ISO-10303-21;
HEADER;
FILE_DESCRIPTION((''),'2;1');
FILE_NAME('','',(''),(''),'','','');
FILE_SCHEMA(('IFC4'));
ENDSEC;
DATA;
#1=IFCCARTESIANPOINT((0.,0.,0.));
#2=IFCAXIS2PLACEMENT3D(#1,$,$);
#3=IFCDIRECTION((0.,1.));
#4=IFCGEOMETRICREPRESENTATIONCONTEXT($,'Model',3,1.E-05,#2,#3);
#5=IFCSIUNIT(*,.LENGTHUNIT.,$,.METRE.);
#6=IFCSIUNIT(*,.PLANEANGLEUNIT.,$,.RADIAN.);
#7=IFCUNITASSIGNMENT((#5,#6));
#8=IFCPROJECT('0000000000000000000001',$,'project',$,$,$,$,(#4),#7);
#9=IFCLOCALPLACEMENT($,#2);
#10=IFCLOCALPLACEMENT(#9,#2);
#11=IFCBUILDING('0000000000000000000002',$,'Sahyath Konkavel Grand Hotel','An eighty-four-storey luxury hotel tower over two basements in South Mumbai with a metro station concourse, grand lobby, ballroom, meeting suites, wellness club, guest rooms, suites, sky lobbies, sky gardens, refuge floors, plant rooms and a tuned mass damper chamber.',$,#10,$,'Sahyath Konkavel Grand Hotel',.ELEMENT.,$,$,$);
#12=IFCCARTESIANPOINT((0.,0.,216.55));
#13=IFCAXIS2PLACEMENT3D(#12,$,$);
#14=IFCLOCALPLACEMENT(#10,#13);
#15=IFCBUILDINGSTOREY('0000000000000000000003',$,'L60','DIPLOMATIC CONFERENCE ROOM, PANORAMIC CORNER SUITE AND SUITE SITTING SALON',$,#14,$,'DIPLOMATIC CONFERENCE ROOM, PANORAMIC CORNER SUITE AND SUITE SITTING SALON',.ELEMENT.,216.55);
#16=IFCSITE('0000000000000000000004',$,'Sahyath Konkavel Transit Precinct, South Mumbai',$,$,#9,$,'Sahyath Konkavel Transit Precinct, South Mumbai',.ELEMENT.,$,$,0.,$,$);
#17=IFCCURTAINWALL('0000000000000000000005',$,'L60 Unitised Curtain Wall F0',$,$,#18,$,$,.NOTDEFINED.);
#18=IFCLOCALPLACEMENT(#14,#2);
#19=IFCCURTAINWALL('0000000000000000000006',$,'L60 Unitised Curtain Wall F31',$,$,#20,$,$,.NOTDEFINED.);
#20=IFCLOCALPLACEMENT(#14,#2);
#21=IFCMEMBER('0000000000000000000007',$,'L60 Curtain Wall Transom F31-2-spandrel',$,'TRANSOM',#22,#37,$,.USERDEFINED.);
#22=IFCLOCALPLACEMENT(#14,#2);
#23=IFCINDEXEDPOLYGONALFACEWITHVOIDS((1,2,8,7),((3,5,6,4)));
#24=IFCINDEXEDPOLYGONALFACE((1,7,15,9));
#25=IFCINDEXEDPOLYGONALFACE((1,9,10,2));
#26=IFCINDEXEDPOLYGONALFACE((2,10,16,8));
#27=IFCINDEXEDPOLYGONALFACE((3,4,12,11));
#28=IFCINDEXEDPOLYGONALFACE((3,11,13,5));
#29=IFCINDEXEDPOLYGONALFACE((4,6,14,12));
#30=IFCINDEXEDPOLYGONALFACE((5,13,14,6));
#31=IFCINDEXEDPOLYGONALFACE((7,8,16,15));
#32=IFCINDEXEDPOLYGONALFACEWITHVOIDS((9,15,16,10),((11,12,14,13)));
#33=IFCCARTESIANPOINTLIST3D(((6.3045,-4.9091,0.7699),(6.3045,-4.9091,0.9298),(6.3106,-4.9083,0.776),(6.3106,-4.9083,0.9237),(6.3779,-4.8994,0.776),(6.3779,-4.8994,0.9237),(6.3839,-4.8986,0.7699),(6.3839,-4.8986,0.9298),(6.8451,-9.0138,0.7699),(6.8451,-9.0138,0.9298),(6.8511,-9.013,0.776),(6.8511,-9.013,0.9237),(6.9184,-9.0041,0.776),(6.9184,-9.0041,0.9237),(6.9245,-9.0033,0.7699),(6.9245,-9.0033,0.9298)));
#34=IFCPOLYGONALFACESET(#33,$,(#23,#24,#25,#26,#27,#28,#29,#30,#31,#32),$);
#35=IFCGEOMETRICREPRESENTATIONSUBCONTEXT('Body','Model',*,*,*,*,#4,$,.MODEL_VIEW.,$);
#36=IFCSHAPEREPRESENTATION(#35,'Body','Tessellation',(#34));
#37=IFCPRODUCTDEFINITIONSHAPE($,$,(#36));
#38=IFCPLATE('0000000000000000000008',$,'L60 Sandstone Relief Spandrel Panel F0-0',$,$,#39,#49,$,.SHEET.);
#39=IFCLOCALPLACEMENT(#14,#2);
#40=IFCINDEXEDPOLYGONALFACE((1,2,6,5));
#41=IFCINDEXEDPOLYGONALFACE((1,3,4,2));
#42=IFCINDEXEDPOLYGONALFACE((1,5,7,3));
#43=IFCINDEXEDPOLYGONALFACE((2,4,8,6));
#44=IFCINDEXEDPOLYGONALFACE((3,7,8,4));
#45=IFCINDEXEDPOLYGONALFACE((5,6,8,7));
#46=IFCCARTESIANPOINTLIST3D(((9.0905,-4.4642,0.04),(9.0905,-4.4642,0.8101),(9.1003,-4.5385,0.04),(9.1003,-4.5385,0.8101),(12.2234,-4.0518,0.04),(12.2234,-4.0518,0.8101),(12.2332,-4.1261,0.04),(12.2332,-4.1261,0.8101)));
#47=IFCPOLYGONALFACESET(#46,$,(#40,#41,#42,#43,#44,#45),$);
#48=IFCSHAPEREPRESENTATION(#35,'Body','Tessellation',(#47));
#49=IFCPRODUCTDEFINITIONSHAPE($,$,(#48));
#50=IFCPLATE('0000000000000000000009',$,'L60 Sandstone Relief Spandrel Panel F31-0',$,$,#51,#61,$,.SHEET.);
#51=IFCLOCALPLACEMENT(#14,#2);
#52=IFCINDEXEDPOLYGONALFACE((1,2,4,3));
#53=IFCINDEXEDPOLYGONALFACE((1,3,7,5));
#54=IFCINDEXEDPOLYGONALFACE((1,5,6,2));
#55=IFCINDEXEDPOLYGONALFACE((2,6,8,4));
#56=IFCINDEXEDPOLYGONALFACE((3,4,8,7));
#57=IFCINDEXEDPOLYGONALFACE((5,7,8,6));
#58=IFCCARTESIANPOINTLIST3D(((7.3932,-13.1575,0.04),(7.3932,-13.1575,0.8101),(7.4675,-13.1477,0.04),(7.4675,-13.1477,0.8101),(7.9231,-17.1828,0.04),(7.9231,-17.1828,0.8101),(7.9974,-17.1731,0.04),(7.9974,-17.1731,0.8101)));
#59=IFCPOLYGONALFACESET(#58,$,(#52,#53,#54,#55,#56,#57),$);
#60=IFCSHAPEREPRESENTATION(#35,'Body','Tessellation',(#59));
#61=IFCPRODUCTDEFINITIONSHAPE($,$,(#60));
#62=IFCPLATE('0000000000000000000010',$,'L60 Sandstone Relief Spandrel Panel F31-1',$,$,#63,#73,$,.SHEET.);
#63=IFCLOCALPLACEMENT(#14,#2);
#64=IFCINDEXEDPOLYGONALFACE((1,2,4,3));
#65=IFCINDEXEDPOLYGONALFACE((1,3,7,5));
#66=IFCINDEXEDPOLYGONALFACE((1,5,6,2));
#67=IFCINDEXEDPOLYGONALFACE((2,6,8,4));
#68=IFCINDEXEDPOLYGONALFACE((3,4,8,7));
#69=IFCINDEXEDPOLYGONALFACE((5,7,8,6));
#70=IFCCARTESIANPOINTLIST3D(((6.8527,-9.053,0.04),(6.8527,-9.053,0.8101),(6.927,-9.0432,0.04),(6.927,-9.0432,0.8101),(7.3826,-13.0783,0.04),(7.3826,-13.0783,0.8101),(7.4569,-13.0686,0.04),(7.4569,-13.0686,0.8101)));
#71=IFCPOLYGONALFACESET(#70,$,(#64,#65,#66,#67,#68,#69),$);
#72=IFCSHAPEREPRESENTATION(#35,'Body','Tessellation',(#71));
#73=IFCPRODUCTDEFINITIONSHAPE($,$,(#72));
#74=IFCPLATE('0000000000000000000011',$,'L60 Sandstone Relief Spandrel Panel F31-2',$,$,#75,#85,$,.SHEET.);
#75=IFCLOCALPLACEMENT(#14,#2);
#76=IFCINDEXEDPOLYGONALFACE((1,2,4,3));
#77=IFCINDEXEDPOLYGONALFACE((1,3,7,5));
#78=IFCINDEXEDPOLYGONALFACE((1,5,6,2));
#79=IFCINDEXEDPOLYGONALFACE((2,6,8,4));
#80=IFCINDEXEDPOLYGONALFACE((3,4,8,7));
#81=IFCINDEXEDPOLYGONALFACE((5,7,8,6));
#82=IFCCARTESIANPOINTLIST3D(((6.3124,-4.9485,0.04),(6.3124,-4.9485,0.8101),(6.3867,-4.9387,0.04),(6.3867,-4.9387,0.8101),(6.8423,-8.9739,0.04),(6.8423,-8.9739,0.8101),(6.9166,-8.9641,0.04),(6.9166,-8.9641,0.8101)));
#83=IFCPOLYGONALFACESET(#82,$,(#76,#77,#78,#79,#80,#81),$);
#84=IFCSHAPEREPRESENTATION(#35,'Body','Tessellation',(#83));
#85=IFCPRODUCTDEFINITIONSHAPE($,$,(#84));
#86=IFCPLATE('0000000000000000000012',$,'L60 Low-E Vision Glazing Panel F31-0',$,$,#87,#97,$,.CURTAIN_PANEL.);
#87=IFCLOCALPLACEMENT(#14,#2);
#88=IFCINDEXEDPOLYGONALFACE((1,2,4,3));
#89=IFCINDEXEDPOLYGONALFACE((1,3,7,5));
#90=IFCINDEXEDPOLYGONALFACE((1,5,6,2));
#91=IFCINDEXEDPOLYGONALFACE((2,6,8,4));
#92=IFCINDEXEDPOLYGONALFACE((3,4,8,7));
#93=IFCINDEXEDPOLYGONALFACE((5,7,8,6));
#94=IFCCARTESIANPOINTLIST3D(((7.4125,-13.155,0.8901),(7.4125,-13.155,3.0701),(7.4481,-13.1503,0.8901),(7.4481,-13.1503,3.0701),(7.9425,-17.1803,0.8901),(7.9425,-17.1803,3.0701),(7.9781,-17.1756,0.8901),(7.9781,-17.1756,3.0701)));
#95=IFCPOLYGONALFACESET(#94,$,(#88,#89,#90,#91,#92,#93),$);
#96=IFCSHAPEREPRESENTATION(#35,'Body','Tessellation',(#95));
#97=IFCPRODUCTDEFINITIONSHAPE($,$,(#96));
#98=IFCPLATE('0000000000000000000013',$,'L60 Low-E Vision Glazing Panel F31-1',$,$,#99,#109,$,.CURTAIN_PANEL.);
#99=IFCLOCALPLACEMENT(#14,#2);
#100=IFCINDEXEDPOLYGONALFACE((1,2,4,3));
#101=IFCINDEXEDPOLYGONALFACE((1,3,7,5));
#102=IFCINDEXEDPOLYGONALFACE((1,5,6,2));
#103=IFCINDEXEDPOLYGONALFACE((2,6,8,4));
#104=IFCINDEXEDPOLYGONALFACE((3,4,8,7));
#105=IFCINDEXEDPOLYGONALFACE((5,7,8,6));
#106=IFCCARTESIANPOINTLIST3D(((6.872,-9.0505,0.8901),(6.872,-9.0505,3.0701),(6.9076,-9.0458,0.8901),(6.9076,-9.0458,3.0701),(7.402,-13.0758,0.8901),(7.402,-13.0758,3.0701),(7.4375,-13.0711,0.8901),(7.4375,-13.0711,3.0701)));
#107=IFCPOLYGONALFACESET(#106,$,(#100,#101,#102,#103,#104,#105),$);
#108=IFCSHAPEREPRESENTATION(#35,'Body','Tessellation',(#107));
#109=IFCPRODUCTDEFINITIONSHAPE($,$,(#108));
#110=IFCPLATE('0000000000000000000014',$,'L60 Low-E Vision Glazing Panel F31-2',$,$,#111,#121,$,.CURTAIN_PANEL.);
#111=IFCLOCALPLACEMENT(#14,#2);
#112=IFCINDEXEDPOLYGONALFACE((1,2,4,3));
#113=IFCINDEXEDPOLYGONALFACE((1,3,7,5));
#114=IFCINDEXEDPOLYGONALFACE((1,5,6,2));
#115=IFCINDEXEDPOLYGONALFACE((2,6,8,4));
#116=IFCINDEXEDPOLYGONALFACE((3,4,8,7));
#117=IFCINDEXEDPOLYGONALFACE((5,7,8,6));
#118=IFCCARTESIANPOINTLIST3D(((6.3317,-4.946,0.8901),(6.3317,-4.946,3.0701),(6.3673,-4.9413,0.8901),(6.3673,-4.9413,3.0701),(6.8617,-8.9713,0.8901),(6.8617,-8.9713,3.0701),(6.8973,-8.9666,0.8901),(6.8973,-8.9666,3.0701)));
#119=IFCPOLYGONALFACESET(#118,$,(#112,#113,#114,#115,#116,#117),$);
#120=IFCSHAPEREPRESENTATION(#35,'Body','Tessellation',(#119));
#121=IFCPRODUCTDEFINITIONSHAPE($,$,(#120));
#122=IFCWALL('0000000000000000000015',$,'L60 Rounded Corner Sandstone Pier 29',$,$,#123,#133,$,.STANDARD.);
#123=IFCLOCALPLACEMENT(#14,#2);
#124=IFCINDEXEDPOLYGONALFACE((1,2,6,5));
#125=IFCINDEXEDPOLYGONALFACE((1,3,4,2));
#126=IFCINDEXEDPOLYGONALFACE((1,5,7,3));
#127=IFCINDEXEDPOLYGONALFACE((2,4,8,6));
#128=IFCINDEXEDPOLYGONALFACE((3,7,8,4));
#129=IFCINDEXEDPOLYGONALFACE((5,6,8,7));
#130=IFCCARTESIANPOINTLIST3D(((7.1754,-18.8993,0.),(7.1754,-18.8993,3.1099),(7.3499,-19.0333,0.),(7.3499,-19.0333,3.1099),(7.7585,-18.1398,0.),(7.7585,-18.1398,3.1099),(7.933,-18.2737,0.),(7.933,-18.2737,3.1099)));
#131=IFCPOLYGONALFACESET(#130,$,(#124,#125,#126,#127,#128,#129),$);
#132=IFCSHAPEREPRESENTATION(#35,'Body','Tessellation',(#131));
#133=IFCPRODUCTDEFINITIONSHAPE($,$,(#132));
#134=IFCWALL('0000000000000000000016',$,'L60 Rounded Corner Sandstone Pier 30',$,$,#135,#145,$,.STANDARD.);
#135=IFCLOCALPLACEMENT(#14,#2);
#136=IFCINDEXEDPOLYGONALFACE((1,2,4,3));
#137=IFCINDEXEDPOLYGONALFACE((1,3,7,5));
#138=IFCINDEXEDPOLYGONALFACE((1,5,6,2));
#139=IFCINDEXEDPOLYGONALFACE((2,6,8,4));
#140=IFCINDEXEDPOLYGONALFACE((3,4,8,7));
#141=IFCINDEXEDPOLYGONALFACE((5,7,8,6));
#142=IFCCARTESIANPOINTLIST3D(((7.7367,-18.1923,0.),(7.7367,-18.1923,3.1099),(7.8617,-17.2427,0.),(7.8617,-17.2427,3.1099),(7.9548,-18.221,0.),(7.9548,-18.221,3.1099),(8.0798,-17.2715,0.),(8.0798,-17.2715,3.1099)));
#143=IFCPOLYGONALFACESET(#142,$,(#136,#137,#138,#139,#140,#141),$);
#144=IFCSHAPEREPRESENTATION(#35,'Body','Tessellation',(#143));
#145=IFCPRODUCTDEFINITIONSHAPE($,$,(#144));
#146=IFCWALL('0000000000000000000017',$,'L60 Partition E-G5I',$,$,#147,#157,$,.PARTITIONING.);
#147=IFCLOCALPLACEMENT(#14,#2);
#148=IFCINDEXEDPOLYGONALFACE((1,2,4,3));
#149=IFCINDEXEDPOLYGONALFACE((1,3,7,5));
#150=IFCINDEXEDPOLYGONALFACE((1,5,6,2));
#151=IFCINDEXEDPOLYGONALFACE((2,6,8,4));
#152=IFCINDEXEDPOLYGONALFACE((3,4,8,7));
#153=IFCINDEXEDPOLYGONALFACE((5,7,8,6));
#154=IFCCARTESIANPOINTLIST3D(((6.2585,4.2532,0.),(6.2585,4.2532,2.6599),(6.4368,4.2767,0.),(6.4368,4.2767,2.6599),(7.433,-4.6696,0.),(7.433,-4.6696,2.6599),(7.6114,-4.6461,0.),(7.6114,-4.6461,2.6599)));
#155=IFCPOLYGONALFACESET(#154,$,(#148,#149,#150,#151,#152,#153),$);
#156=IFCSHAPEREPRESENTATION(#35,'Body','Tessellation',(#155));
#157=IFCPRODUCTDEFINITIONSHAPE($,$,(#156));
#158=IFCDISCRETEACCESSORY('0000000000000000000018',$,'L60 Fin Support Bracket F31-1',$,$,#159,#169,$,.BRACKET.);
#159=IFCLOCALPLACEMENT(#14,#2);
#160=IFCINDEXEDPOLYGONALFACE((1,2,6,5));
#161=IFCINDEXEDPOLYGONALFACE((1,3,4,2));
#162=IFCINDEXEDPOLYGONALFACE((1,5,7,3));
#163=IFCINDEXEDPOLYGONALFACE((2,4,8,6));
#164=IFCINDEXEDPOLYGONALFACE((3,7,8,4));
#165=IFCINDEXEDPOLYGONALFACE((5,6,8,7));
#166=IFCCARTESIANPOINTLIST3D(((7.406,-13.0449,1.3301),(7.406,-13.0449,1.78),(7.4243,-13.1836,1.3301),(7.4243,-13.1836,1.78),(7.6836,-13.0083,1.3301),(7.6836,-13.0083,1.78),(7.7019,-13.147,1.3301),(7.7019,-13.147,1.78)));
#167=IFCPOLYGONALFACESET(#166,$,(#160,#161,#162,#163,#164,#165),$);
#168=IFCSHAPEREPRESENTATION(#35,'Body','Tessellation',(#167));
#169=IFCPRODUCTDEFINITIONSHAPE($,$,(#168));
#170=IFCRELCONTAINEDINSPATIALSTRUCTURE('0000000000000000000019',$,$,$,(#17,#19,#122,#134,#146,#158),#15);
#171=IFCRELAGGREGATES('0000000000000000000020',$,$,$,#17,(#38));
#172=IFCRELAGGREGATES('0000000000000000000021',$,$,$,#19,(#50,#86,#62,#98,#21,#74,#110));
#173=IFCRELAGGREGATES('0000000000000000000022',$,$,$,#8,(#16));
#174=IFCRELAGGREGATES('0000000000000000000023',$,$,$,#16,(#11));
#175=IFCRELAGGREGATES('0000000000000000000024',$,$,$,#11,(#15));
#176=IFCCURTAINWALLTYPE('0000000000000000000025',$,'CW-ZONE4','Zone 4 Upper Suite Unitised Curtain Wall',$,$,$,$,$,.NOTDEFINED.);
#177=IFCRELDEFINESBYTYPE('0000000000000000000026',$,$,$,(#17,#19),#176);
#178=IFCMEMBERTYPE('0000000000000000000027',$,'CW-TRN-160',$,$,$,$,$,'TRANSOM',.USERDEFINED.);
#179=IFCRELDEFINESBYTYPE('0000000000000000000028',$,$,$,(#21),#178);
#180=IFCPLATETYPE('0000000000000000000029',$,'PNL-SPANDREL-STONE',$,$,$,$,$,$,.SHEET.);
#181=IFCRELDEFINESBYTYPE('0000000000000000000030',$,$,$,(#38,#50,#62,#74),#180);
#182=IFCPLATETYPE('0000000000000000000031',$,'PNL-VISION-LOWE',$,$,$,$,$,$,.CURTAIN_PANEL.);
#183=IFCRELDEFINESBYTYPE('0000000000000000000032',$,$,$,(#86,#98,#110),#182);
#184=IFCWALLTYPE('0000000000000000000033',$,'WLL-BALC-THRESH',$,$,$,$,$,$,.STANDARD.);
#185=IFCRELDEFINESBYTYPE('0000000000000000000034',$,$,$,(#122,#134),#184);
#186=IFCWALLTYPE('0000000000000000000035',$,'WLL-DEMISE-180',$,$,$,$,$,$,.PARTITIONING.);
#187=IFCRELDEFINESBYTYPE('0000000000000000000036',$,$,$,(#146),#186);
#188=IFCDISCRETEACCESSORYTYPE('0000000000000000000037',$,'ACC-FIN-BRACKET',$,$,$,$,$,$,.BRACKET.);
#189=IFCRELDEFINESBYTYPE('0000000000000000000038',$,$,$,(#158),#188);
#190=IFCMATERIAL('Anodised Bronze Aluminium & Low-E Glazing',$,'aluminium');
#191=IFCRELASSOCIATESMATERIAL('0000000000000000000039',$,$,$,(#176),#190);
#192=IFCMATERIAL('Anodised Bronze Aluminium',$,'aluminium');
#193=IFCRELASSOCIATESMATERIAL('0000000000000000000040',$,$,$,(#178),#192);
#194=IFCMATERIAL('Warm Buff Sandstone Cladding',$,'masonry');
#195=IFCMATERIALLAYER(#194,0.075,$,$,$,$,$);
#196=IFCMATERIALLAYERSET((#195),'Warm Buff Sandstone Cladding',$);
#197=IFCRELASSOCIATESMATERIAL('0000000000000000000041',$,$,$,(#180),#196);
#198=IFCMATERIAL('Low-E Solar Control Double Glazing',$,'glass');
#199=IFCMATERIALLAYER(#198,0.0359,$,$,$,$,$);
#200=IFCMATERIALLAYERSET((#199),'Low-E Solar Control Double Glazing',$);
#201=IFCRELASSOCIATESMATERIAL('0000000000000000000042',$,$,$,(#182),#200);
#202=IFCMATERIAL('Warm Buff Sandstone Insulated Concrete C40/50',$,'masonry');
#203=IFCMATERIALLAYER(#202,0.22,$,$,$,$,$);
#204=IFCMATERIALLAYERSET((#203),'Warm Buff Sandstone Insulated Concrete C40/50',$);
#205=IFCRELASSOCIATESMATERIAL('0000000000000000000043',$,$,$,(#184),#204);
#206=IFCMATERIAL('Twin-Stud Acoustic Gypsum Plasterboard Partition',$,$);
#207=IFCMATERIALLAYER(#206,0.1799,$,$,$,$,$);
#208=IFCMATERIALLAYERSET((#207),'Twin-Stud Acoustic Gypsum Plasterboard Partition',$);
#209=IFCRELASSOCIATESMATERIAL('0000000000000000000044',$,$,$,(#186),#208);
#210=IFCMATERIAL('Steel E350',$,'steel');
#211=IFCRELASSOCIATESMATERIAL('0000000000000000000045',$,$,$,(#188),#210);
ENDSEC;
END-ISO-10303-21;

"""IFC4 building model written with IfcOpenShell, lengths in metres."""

from ifc_helpers import new_model, si_unit, direction, frame, frame_2d, origin, origin_2d, place, context, subcontext, project, spatial, rectangle, hollow_rectangle, extrude, source, transform, mapped, material, layer, layer_set, material_profile, profile_set, type_object, element, aggregate, save


model = new_model("IFC4")

# Units and contexts
model_context = context("Model", 3, precision=1e-05, world=origin(), true_north=direction((0.0, 1.0)))
body_context = subcontext(model_context, "Body", "Model", "MODEL_VIEW")
ifc_project = project(units=[si_unit("LENGTHUNIT", "METRE"), si_unit("PLANEANGLEUNIT", "RADIAN")], contexts=[model_context])

# Site, building, storey
site_placement = place(None, origin())
site = spatial("IfcSite", under=ifc_project, at=site_placement, Name="Sahyath Konkavel Transit Precinct, South Mumbai", LongName="Sahyath Konkavel Transit Precinct, South Mumbai", CompositionType="ELEMENT", RefElevation=0.0)
building_placement = place(site_placement, origin())
building = spatial("IfcBuilding", under=site, at=building_placement, Name="Sahyath Konkavel Grand Hotel", Description="An eighty-four-storey luxury hotel tower over two basements in South Mumbai with a metro station concourse, grand lobby, ballroom, meeting suites, wellness club, guest rooms, suites, sky lobbies, sky gardens, refuge floors, plant rooms and a tuned mass damper chamber.", LongName="Sahyath Konkavel Grand Hotel", CompositionType="ELEMENT")
storey_placement = place(building_placement, frame((0.0, 0.0, 216.55)))
storey = spatial("IfcBuildingStorey", under=building, at=storey_placement, Name="L60", Description="DIPLOMATIC CONFERENCE ROOM, PANORAMIC CORNER SUITE AND SUITE SITTING SALON", LongName="DIPLOMATIC CONFERENCE ROOM, PANORAMIC CORNER SUITE AND SUITE SITTING SALON", CompositionType="ELEMENT", Elevation=216.55)

# Curtain wall
ifc_material_1 = material(Name="Anodised Bronze Aluminium & Low-E Glazing", Category="aluminium")
curtain_wall_type = type_object("IfcCurtainWallType", Name="CW-ZONE4", Description="Zone 4 Upper Suite Unitised Curtain Wall", PredefinedType="NOTDEFINED", material=ifc_material_1)
curtain_wall_1_placement = place(storey_placement, origin())
curtain_wall_1 = element("IfcCurtainWall", 1, at=curtain_wall_1_placement, inside=storey, type_object=curtain_wall_type, Name="L60 Unitised Curtain Wall F0", PredefinedType="NOTDEFINED")
ifc_material_2 = material(Name="Anodised Bronze Aluminium", Category="aluminium")

# Curtain wall
curtain_wall_2_placement = place(storey_placement, origin())
curtain_wall_2 = element("IfcCurtainWall", 2, at=curtain_wall_2_placement, inside=storey, type_object=curtain_wall_type, Name="L60 Unitised Curtain Wall F31", PredefinedType="NOTDEFINED")

# Member
ifc_material_profile_1 = material_profile(ifc_material_2, hollow_rectangle(XDim=0.0801, YDim=0.1599, WallThickness=0.0061, at=origin_2d()), Name="RHS 160x80x6")
ifc_profile_set_1 = profile_set([ifc_material_profile_1], Name="Anodised Bronze Aluminium")
member_type_1 = type_object("IfcMemberType", Name="CW-TRN-160", ElementType="TRANSOM", PredefinedType="USERDEFINED", material=ifc_profile_set_1)
shared_shape_1 = source(origin(), body_context, "Body", "SweptSolid", [
    extrude(hollow_rectangle(XDim=0.0801, YDim=0.1599, WallThickness=0.0061, at=origin_2d()), origin(), (0.0, 0.0, 1.0), 4.1401),
])
member_1_placement = place(storey_placement, frame((6.8848, -9.0085, 0.8499), z_axis=(-0.130557, 0.991441, 0.0), x_axis=(-0.991441, -0.130557, 0.0)))
member_1 = element("IfcMember", 3, at=member_1_placement, type_object=member_type_1, Name="L60 Curtain Wall Transom F31-2-spandrel", ObjectType="TRANSOM", PredefinedType="USERDEFINED", context=body_context, shape_type="MappedRepresentation", body=[
    mapped(shared_shape_1, transform((0.0, 0.0, 0.0), scale=1.0)),
])

# Plates
ifc_material_3 = material(Name="Warm Buff Sandstone Cladding", Category="masonry")
ifc_layer_1 = layer(ifc_material_3, 0.075)
ifc_layer_set_1 = layer_set([ifc_layer_1], Name="Warm Buff Sandstone Cladding")
plate_type_1 = type_object("IfcPlateType", Name="PNL-SPANDREL-STONE", PredefinedType="SHEET", material=ifc_layer_set_1)
shared_shape_2 = source(origin(), body_context, "Body", "SweptSolid", [
    extrude(rectangle(XDim=3.1599, YDim=0.075, at=origin_2d()), origin(), (0.0, 0.0, 1.0), 0.77),
])
plate_1_placement = place(storey_placement, frame((10.6619, -4.2952, 0.04), z_axis=(0.0, 0.0, 1.0), x_axis=(0.991445, 0.130526, 0.0)))
plate_1 = element("IfcPlate", 4, at=plate_1_placement, type_object=plate_type_1, Name="L60 Sandstone Relief Spandrel Panel F0-0", PredefinedType="SHEET", context=body_context, shape_type="MappedRepresentation", body=[
    mapped(shared_shape_2, transform((0.0, 0.0, 0.0), scale=1.0)),
])
aggregate(curtain_wall_1, [plate_1])
shared_shape_3 = source(origin(), body_context, "Body", "SweptSolid", [
    extrude(rectangle(XDim=4.0601, YDim=0.075, at=origin_2d()), origin(), (0.0, 0.0, 1.0), 0.77),
])
plate_2_placement = place(storey_placement, frame((7.6953, -15.1653, 0.04), z_axis=(0.0, 0.0, 1.0), x_axis=(-0.130526, 0.991445, 0.0)))
plate_2 = element("IfcPlate", 5, at=plate_2_placement, type_object=plate_type_1, Name="L60 Sandstone Relief Spandrel Panel F31-0", PredefinedType="SHEET", context=body_context, shape_type="MappedRepresentation", body=[
    mapped(shared_shape_3, transform((0.0, 0.0, 0.0), scale=1.0)),
])
plate_3_placement = place(storey_placement, frame((7.1548, -11.0608, 0.04), z_axis=(0.0, 0.0, 1.0), x_axis=(-0.130526, 0.991445, 0.0)))
plate_3 = element("IfcPlate", 6, at=plate_3_placement, type_object=plate_type_1, Name="L60 Sandstone Relief Spandrel Panel F31-1", PredefinedType="SHEET", context=body_context, shape_type="MappedRepresentation", body=[
    mapped(shared_shape_3, transform((0.0, 0.0, 0.0), scale=1.0)),
])
plate_4_placement = place(storey_placement, frame((6.6145, -6.9563, 0.04), z_axis=(0.0, 0.0, 1.0), x_axis=(-0.130526, 0.991445, 0.0)))
plate_4 = element("IfcPlate", 7, at=plate_4_placement, type_object=plate_type_1, Name="L60 Sandstone Relief Spandrel Panel F31-2", PredefinedType="SHEET", context=body_context, shape_type="MappedRepresentation", body=[
    mapped(shared_shape_3, transform((0.0, 0.0, 0.0), scale=1.0)),
])
ifc_material_4 = material(Name="Low-E Solar Control Double Glazing", Category="glass")
ifc_layer_2 = layer(ifc_material_4, 0.0359)
ifc_layer_set_2 = layer_set([ifc_layer_2], Name="Low-E Solar Control Double Glazing")
plate_type_2 = type_object("IfcPlateType", Name="PNL-VISION-LOWE", PredefinedType="CURTAIN_PANEL", material=ifc_layer_set_2)
shared_shape_4 = source(origin(), body_context, "Body", "SweptSolid", [
    extrude(rectangle(XDim=4.0601, YDim=0.0359, at=origin_2d()), origin(), (0.0, 0.0, 1.0), 2.1799),
])
plate_5_placement = place(storey_placement, frame((7.6953, -15.1653, 0.8901), z_axis=(0.0, 0.0, 1.0), x_axis=(-0.130526, 0.991445, 0.0)))
plate_5 = element("IfcPlate", 8, at=plate_5_placement, type_object=plate_type_2, Name="L60 Low-E Vision Glazing Panel F31-0", PredefinedType="CURTAIN_PANEL", context=body_context, shape_type="MappedRepresentation", body=[
    mapped(shared_shape_4, transform((0.0, 0.0, 0.0), scale=1.0)),
])
plate_6_placement = place(storey_placement, frame((7.1548, -11.0608, 0.8901), z_axis=(0.0, 0.0, 1.0), x_axis=(-0.130526, 0.991445, 0.0)))
plate_6 = element("IfcPlate", 9, at=plate_6_placement, type_object=plate_type_2, Name="L60 Low-E Vision Glazing Panel F31-1", PredefinedType="CURTAIN_PANEL", context=body_context, shape_type="MappedRepresentation", body=[
    mapped(shared_shape_4, transform((0.0, 0.0, 0.0), scale=1.0)),
])
plate_7_placement = place(storey_placement, frame((6.6145, -6.9563, 0.8901), z_axis=(0.0, 0.0, 1.0), x_axis=(-0.130526, 0.991445, 0.0)))
plate_7 = element("IfcPlate", 10, at=plate_7_placement, type_object=plate_type_2, Name="L60 Low-E Vision Glazing Panel F31-2", PredefinedType="CURTAIN_PANEL", context=body_context, shape_type="MappedRepresentation", body=[
    mapped(shared_shape_4, transform((0.0, 0.0, 0.0), scale=1.0)),
])
aggregate(curtain_wall_2, [plate_2, plate_5, plate_3, plate_6, member_1, plate_4, plate_7])

# Walls
ifc_material_5 = material(Name="Warm Buff Sandstone Insulated Concrete C40/50", Category="masonry")
ifc_layer_3 = layer(ifc_material_5, 0.22)
ifc_layer_set_3 = layer_set([ifc_layer_3], Name="Warm Buff Sandstone Insulated Concrete C40/50")
wall_type_1 = type_object("IfcWallType", Name="WLL-BALC-THRESH", PredefinedType="STANDARD", material=ifc_layer_set_3)
wall_1_placement = place(storey_placement, frame((7.2627, -18.9663, 0.0), z_axis=(0.0, 0.0, 1.0), x_axis=(0.608897, 0.793249, 0.0)))
element("IfcWall", 11, at=wall_1_placement, inside=storey, type_object=wall_type_1, Name="L60 Rounded Corner Sandstone Pier 29", PredefinedType="STANDARD", context=body_context, shape_type="SweptSolid", body=[
    extrude(rectangle(XDim=0.9575, YDim=0.22, at=frame_2d((0.4788, 0.0))), origin(), (0.0, 0.0, 1.0), 3.1099),
])
wall_2_placement = place(storey_placement, frame((7.8457, -18.2068, 0.0), z_axis=(0.0, 0.0, 1.0), x_axis=(0.130527, 0.991445, 0.0)))
element("IfcWall", 12, at=wall_2_placement, inside=storey, type_object=wall_type_1, Name="L60 Rounded Corner Sandstone Pier 30", PredefinedType="STANDARD", context=body_context, shape_type="SweptSolid", body=[
    extrude(rectangle(XDim=0.9578, YDim=0.22, at=frame_2d((0.479, 0.0))), origin(), (0.0, 0.0, 1.0), 3.1099),
])
ifc_material_6 = material(Name="Twin-Stud Acoustic Gypsum Plasterboard Partition")
ifc_layer_4 = layer(ifc_material_6, 0.1799)
ifc_layer_set_4 = layer_set([ifc_layer_4], Name="Twin-Stud Acoustic Gypsum Plasterboard Partition")
wall_type_2 = type_object("IfcWallType", Name="WLL-DEMISE-180", PredefinedType="PARTITIONING", material=ifc_layer_set_4)
wall_3_placement = place(storey_placement, frame((7.5222, -4.658, 0.0), z_axis=(0.0, 0.0, 1.0), x_axis=(-0.130509, 0.991447, 0.0)))
element("IfcWall", 13, at=wall_3_placement, inside=storey, type_object=wall_type_2, Name="L60 Partition E-G5I", PredefinedType="PARTITIONING", context=body_context, shape_type="SweptSolid", body=[
    extrude(rectangle(XDim=8.9998, YDim=0.1799, at=frame_2d((4.5, 0.0))), origin(), (0.0, 0.0, 1.0), 2.6599),
])

# Discrete accessory
ifc_material_7 = material(Name="Steel E350", Category="steel")
discrete_accessory_type = type_object("IfcDiscreteAccessoryType", Name="ACC-FIN-BRACKET", PredefinedType="BRACKET", material=ifc_material_7)
shared_shape_5 = source(origin(), body_context, "Body", "SweptSolid", [
    extrude(rectangle(XDim=0.28, YDim=0.1399, at=origin_2d()), origin(), (0.0, 0.0, 1.0), 0.45),
])
discrete_accessory_placement = place(storey_placement, frame((7.554, -13.0959, 1.3301), z_axis=(0.0, 0.0, 1.0), x_axis=(0.991445, 0.130526, 0.0)))
element("IfcDiscreteAccessory", 14, at=discrete_accessory_placement, inside=storey, type_object=discrete_accessory_type, Name="L60 Fin Support Bracket F31-1", PredefinedType="BRACKET", context=body_context, shape_type="MappedRepresentation", body=[
    mapped(shared_shape_5, transform((0.0, 0.0, 0.0), scale=1.0)),
])

save(model, "model.ifc")
